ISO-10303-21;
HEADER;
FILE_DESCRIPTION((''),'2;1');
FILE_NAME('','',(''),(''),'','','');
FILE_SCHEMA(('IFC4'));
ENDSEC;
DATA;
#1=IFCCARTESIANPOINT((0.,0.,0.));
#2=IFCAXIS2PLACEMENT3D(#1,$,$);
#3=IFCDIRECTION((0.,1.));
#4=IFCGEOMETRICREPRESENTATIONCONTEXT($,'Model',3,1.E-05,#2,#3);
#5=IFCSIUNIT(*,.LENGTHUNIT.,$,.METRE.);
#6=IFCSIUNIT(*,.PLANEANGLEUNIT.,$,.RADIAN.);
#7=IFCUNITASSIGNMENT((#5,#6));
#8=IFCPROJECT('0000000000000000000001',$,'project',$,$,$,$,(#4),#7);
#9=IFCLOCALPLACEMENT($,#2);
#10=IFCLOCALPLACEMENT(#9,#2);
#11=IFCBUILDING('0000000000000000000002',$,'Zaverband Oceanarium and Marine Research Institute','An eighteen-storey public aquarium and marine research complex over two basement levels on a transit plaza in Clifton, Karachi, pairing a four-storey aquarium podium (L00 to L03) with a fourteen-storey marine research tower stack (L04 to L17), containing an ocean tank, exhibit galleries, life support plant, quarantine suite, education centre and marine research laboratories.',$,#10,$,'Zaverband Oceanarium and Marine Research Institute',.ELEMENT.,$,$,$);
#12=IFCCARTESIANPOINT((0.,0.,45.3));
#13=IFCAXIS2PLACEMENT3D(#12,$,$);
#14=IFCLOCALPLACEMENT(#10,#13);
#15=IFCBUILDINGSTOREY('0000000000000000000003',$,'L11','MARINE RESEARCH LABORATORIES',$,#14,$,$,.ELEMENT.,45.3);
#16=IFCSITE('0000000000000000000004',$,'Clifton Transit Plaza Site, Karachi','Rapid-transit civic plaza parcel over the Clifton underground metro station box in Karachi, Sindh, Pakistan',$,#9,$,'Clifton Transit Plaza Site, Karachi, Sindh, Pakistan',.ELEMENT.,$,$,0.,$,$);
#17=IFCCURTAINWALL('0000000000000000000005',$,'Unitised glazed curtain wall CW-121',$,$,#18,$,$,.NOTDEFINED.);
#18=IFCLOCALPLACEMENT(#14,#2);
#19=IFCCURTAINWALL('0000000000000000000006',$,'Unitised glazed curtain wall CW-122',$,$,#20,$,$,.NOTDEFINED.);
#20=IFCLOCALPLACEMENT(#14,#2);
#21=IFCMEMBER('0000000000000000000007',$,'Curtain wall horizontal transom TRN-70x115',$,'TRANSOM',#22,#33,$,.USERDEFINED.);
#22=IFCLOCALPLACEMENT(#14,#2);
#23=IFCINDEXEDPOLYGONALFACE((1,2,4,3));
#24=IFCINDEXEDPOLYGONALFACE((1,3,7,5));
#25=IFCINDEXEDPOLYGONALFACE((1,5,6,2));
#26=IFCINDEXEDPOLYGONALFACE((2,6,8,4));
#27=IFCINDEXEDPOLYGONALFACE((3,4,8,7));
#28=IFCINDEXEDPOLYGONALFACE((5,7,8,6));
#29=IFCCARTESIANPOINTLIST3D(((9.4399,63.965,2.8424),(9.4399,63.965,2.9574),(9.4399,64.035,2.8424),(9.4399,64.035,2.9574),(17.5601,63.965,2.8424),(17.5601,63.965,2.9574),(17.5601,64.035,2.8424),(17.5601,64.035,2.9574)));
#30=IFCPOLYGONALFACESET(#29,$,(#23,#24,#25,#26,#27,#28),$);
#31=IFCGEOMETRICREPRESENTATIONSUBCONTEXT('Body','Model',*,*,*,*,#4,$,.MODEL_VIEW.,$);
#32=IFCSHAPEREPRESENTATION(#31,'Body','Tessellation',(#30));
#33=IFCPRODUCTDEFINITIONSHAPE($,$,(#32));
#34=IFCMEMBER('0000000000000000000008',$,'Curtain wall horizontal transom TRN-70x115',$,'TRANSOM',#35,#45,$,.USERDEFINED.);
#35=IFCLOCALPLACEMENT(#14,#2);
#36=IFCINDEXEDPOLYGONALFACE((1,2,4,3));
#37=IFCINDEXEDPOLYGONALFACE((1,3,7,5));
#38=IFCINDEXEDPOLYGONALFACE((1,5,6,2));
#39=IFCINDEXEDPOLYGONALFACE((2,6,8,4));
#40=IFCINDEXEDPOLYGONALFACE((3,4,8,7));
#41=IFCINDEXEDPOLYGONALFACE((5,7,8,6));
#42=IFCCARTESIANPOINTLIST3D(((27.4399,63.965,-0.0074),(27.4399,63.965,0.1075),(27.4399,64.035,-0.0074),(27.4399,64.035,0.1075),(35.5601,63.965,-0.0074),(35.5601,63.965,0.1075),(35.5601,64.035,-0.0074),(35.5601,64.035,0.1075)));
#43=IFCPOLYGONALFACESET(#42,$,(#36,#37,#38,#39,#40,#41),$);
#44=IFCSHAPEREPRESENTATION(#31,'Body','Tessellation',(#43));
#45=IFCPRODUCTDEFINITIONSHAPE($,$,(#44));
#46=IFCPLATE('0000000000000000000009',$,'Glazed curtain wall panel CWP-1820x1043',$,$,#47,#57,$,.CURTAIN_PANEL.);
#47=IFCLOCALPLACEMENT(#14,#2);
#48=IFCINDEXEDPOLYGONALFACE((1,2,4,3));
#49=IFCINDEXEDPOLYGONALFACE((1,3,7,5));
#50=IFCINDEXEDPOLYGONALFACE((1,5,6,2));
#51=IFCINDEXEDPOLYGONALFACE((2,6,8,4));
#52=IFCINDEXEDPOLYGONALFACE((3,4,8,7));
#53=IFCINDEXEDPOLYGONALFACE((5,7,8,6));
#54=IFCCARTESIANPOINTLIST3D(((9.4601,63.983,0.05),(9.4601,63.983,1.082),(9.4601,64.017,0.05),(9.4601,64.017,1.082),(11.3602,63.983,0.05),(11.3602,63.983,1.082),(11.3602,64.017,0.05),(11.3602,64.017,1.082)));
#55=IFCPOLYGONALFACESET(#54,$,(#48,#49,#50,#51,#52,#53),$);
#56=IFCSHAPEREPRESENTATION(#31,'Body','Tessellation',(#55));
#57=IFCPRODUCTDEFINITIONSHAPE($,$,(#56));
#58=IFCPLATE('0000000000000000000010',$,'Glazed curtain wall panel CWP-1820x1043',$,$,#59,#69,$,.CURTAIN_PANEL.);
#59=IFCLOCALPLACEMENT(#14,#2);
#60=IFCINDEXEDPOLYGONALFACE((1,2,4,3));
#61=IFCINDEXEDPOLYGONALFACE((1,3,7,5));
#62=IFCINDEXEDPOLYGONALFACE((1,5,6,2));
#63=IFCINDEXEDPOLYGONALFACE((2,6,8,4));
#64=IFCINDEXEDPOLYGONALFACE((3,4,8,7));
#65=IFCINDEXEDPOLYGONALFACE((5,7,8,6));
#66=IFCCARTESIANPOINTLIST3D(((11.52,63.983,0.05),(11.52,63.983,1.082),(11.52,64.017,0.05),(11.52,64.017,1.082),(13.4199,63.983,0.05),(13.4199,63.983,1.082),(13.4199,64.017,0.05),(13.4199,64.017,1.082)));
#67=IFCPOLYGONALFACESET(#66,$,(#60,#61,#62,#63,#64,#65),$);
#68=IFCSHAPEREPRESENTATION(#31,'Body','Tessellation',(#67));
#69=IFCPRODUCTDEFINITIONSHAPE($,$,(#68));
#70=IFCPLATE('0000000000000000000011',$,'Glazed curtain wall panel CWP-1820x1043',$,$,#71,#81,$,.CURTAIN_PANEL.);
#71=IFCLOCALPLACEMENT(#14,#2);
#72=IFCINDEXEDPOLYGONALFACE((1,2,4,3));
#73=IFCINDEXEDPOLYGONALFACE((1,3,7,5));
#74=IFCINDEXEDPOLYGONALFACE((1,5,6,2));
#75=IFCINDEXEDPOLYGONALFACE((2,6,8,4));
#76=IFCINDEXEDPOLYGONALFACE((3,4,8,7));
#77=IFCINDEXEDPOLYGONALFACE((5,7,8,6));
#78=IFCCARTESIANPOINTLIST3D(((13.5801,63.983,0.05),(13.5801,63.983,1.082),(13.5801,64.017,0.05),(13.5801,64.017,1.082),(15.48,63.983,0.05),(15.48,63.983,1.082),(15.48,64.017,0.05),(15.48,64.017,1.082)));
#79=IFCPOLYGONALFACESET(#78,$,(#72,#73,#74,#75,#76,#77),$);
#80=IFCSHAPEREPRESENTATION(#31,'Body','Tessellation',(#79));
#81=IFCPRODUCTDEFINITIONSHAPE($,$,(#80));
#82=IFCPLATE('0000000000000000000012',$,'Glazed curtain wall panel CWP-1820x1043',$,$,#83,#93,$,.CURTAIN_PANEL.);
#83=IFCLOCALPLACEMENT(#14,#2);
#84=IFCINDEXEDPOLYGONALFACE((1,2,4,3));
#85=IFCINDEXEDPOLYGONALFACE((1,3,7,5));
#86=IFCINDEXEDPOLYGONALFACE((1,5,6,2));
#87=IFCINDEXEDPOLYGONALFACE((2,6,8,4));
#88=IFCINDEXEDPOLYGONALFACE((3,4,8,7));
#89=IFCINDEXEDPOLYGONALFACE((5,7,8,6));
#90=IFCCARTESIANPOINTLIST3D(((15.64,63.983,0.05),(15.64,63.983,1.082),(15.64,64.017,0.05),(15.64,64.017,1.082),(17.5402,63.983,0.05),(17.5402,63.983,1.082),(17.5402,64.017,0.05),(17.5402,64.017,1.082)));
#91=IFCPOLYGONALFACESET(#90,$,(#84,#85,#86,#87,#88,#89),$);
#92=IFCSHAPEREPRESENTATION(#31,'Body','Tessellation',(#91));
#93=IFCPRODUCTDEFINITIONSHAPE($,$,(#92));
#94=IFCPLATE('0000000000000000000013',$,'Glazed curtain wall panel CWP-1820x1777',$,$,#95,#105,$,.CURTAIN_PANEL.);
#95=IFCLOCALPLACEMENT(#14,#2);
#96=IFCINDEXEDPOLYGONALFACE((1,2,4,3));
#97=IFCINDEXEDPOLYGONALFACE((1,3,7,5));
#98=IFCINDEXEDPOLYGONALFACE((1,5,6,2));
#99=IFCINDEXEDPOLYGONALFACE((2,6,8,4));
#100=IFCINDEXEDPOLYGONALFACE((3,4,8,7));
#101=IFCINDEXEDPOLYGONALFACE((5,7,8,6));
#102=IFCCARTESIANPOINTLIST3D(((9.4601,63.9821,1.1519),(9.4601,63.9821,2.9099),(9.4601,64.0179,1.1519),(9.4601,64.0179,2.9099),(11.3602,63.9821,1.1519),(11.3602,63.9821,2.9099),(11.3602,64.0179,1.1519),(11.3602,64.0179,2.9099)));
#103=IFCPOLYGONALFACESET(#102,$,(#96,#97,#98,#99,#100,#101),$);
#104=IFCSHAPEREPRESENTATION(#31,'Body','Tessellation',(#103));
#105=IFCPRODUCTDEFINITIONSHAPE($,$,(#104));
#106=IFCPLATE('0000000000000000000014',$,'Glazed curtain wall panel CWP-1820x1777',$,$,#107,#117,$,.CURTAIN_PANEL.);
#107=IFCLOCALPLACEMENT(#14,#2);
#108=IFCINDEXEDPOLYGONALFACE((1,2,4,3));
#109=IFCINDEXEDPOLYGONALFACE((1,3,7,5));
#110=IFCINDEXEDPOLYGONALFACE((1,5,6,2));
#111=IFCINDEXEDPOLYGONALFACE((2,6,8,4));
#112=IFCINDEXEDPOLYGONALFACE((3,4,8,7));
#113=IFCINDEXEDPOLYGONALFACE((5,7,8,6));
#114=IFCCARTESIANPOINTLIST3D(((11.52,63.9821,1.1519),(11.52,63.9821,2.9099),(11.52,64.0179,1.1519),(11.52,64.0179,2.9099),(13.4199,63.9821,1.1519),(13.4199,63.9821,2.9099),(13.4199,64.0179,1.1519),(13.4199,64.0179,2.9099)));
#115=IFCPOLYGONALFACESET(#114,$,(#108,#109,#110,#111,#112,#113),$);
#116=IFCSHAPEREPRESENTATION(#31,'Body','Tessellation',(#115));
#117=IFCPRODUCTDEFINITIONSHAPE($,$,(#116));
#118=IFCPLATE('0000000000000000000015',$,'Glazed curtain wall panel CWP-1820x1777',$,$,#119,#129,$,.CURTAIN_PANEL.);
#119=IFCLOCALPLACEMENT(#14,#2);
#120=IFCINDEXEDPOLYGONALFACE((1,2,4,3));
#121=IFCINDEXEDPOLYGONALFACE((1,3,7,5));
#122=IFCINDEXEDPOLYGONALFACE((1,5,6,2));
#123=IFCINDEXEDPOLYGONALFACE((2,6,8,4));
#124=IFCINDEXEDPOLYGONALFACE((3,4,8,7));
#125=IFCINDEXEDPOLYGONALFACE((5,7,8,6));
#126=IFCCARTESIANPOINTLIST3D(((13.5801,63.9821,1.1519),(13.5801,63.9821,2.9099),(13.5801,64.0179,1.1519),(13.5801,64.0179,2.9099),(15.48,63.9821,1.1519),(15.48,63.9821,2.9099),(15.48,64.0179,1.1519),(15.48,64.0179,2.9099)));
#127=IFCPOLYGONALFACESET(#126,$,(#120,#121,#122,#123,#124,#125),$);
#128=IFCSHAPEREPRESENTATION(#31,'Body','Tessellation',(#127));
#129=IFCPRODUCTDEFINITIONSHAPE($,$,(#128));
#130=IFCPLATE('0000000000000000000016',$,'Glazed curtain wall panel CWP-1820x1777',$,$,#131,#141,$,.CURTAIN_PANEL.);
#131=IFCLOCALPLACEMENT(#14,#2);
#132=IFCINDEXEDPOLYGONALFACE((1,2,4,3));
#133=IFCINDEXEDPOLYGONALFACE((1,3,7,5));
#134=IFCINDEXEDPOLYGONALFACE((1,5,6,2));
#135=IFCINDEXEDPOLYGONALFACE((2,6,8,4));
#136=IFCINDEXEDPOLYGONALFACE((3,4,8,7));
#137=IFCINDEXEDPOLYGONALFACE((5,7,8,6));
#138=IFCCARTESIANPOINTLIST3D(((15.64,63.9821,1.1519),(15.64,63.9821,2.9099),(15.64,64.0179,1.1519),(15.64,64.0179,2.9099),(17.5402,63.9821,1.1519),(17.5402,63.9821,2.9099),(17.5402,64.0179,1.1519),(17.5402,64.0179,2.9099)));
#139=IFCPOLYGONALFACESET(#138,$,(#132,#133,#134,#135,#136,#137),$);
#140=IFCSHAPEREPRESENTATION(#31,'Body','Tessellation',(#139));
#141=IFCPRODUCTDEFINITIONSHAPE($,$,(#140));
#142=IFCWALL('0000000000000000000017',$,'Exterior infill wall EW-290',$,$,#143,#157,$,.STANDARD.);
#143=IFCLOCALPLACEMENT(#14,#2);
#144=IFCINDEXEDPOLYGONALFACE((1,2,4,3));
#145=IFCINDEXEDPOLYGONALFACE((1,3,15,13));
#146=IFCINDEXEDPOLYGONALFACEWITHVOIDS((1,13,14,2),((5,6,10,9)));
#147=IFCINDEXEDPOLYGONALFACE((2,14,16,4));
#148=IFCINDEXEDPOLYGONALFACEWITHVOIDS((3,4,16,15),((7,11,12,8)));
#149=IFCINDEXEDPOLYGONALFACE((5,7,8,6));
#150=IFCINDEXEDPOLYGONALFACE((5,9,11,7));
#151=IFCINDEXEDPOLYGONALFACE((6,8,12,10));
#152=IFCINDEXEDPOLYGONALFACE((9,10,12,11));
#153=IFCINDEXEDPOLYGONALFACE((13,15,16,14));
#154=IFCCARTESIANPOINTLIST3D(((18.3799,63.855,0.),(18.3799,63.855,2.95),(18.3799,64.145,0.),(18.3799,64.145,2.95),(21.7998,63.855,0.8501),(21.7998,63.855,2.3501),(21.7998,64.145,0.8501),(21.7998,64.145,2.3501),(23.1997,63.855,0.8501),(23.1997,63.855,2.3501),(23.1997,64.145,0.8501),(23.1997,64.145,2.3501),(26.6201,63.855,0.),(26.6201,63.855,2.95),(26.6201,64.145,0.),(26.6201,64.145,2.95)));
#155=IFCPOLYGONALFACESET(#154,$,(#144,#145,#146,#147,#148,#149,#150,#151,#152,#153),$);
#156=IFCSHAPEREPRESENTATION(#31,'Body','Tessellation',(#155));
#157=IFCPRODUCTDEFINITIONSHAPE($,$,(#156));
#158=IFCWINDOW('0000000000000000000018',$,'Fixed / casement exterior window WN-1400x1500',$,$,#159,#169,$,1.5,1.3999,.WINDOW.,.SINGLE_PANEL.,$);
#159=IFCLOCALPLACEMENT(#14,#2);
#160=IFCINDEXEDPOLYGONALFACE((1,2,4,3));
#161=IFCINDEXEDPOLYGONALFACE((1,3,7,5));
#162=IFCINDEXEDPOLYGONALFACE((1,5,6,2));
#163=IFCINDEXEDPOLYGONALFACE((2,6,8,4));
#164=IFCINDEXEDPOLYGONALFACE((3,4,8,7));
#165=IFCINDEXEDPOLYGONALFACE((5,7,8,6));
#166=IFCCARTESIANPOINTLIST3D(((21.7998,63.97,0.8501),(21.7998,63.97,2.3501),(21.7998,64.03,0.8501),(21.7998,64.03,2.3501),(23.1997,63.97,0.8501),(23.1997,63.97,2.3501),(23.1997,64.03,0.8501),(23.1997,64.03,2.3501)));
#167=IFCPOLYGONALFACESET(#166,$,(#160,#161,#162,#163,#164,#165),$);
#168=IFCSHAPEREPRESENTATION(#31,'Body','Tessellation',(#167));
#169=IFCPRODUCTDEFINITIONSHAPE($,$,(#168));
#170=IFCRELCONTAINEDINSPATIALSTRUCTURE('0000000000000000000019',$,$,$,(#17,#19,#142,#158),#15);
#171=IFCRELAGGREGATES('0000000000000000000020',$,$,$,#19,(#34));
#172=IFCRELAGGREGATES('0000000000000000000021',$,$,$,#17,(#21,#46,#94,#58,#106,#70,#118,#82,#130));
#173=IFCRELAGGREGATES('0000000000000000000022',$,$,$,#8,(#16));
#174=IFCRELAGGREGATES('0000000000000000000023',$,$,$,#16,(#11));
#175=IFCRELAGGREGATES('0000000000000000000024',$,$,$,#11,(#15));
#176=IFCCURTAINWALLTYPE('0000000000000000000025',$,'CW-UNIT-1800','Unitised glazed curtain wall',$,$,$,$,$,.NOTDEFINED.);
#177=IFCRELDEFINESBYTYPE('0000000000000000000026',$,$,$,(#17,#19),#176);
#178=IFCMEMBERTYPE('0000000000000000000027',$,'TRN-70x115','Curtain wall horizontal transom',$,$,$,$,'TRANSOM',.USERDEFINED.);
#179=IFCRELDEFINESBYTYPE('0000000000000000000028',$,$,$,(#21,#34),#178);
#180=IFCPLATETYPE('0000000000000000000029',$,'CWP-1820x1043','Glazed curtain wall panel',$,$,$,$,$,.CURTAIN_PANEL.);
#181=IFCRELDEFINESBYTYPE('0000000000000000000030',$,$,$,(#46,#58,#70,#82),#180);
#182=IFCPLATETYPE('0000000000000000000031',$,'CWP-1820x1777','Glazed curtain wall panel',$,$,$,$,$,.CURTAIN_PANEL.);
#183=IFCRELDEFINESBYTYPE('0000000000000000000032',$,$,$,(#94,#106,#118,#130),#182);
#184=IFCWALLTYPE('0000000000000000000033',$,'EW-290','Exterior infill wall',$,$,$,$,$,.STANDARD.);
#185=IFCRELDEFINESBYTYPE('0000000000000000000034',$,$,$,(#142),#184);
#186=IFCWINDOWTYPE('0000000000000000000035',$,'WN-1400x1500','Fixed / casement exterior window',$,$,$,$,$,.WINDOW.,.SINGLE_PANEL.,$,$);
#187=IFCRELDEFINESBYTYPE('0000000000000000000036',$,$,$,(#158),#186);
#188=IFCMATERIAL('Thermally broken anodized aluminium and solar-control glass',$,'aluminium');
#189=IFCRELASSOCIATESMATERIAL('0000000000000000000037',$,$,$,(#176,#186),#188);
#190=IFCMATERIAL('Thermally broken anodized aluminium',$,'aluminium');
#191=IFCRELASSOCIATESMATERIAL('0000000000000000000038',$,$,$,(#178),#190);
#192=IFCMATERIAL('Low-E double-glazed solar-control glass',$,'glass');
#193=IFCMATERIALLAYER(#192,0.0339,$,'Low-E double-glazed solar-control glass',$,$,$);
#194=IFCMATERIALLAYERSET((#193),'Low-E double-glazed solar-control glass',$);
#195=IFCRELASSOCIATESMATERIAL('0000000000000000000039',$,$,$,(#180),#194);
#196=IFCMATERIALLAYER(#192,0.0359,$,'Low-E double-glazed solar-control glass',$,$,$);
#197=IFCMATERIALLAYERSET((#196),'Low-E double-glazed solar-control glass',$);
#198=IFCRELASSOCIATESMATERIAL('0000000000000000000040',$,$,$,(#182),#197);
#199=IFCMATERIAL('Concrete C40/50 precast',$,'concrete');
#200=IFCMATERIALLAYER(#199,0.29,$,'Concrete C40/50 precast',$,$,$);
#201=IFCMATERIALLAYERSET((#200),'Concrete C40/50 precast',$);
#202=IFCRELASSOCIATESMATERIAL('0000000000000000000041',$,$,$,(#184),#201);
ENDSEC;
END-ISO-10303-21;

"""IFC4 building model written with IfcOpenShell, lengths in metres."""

from ifc_helpers import new_model, si_unit, direction, frame, frame_2d, origin, origin_2d, place, context, subcontext, project, spatial, rectangle, extrude, material, layer, layer_set, material_profile, profile_set, type_object, element, fill, aggregate, save


model = new_model("IFC4")

# Units and contexts
model_context = context("Model", 3, precision=1e-05, world=origin(), true_north=direction((0.0, 1.0)))
body_context = subcontext(model_context, "Body", "Model", "MODEL_VIEW")
ifc_project = project(units=[si_unit("LENGTHUNIT", "METRE"), si_unit("PLANEANGLEUNIT", "RADIAN")], contexts=[model_context])

# Site, building, storey
site_placement = place(None, origin())
site = spatial("IfcSite", under=ifc_project, at=site_placement, Name="Clifton Transit Plaza Site, Karachi", Description="Rapid-transit civic plaza parcel over the Clifton underground metro station box in Karachi, Sindh, Pakistan", LongName="Clifton Transit Plaza Site, Karachi, Sindh, Pakistan", CompositionType="ELEMENT", RefElevation=0.0)
building_placement = place(site_placement, origin())
building = spatial("IfcBuilding", under=site, at=building_placement, Name="Zaverband Oceanarium and Marine Research Institute", Description="An eighteen-storey public aquarium and marine research complex over two basement levels on a transit plaza in Clifton, Karachi, pairing a four-storey aquarium podium (L00 to L03) with a fourteen-storey marine research tower stack (L04 to L17), containing an ocean tank, exhibit galleries, life support plant, quarantine suite, education centre and marine research laboratories.", LongName="Zaverband Oceanarium and Marine Research Institute", CompositionType="ELEMENT")
storey_placement = place(building_placement, frame((0.0, 0.0, 45.3)))
storey = spatial("IfcBuildingStorey", under=building, at=storey_placement, Name="L11", Description="MARINE RESEARCH LABORATORIES", CompositionType="ELEMENT", Elevation=45.3)

# Curtain walls
ifc_material_1 = material(Name="Thermally broken anodized aluminium and solar-control glass", Category="aluminium")
curtain_wall_type = type_object("IfcCurtainWallType", Name="CW-UNIT-1800", Description="Unitised glazed curtain wall", PredefinedType="NOTDEFINED", material=ifc_material_1)
curtain_wall_1_placement = place(storey_placement, origin())
curtain_wall_1 = element("IfcCurtainWall", 1, at=curtain_wall_1_placement, inside=storey, type_object=curtain_wall_type, Name="Unitised glazed curtain wall CW-121", PredefinedType="NOTDEFINED")
ifc_material_2 = material(Name="Thermally broken anodized aluminium", Category="aluminium")
curtain_wall_2_placement = place(storey_placement, origin())
curtain_wall_2 = element("IfcCurtainWall", 2, at=curtain_wall_2_placement, inside=storey, type_object=curtain_wall_type, Name="Unitised glazed curtain wall CW-122", PredefinedType="NOTDEFINED")

# Members
ifc_material_profile_1 = material_profile(ifc_material_2, rectangle(XDim=0.0701, YDim=0.115, at=origin_2d()), Name="AL-TRN-70x115")
ifc_profile_set_1 = profile_set([ifc_material_profile_1], Name="Thermally broken anodized aluminium")
member_type_1 = type_object("IfcMemberType", Name="TRN-70x115", Description="Curtain wall horizontal transom", ElementType="TRANSOM", PredefinedType="USERDEFINED", material=ifc_profile_set_1)
member_1_placement = place(storey_placement, frame((9.4399, 64.0, 2.8999), z_axis=(1.0, 0.0, 0.0), x_axis=(0.0, 1.0, 0.0)))
member_1 = element("IfcMember", 3, at=member_1_placement, type_object=member_type_1, Name="Curtain wall horizontal transom TRN-70x115", ObjectType="TRANSOM", PredefinedType="USERDEFINED", context=body_context, shape_type="SweptSolid", body=[
    extrude(rectangle(XDim=0.0701, YDim=0.115, at=origin_2d()), origin(), (0.0, 0.0, 1.0), 8.1201),
])
member_2_placement = place(storey_placement, frame((27.4399, 64.0, 0.05), z_axis=(1.0, 0.0, 0.0), x_axis=(0.0, 1.0, 0.0)))
member_2 = element("IfcMember", 4, at=member_2_placement, type_object=member_type_1, Name="Curtain wall horizontal transom TRN-70x115", ObjectType="TRANSOM", PredefinedType="USERDEFINED", context=body_context, shape_type="SweptSolid", body=[
    extrude(rectangle(XDim=0.0701, YDim=0.115, at=origin_2d()), origin(), (0.0, 0.0, 1.0), 8.1201),
])
aggregate(curtain_wall_2, [member_2])

# Plates
ifc_material_3 = material(Name="Low-E double-glazed solar-control glass", Category="glass")
ifc_layer_1 = layer(ifc_material_3, 0.0339, Name="Low-E double-glazed solar-control glass")
ifc_layer_set_1 = layer_set([ifc_layer_1], Name="Low-E double-glazed solar-control glass")
plate_type_1 = type_object("IfcPlateType", Name="CWP-1820x1043", Description="Glazed curtain wall panel", PredefinedType="CURTAIN_PANEL", material=ifc_layer_set_1)
plate_1_placement = place(storey_placement, frame((9.46, 64.0, 0.05), z_axis=(0.0, 0.0, 1.0), x_axis=(1.0, 0.0, 0.0)))
plate_1 = element("IfcPlate", 5, at=plate_1_placement, type_object=plate_type_1, Name="Glazed curtain wall panel CWP-1820x1043", PredefinedType="CURTAIN_PANEL", context=body_context, shape_type="SweptSolid", body=[
    extrude(rectangle(XDim=1.9001, YDim=0.0339, at=frame_2d((0.9502, 0.0))), origin(), (0.0, 0.0, 1.0), 1.032),
])
plate_2_placement = place(storey_placement, frame((11.52, 64.0, 0.05), z_axis=(0.0, 0.0, 1.0), x_axis=(1.0, 0.0, 0.0)))
plate_2 = element("IfcPlate", 6, at=plate_2_placement, type_object=plate_type_1, Name="Glazed curtain wall panel CWP-1820x1043", PredefinedType="CURTAIN_PANEL", context=body_context, shape_type="SweptSolid", body=[
    extrude(rectangle(XDim=1.8999, YDim=0.0339, at=frame_2d((0.95, 0.0))), origin(), (0.0, 0.0, 1.0), 1.032),
])
plate_3_placement = place(storey_placement, frame((13.5801, 64.0, 0.05), z_axis=(0.0, 0.0, 1.0), x_axis=(1.0, 0.0, 0.0)))
plate_3 = element("IfcPlate", 7, at=plate_3_placement, type_object=plate_type_1, Name="Glazed curtain wall panel CWP-1820x1043", PredefinedType="CURTAIN_PANEL", context=body_context, shape_type="SweptSolid", body=[
    extrude(rectangle(XDim=1.8999, YDim=0.0339, at=frame_2d((0.95, 0.0))), origin(), (0.0, 0.0, 1.0), 1.032),
])
plate_4_placement = place(storey_placement, frame((15.6399, 64.0, 0.05), z_axis=(0.0, 0.0, 1.0), x_axis=(1.0, 0.0, 0.0)))
plate_4 = element("IfcPlate", 8, at=plate_4_placement, type_object=plate_type_1, Name="Glazed curtain wall panel CWP-1820x1043", PredefinedType="CURTAIN_PANEL", context=body_context, shape_type="SweptSolid", body=[
    extrude(rectangle(XDim=1.9001, YDim=0.0339, at=frame_2d((0.9502, 0.0))), origin(), (0.0, 0.0, 1.0), 1.032),
])
ifc_layer_2 = layer(ifc_material_3, 0.0359, Name="Low-E double-glazed solar-control glass")
ifc_layer_set_2 = layer_set([ifc_layer_2], Name="Low-E double-glazed solar-control glass")
plate_type_2 = type_object("IfcPlateType", Name="CWP-1820x1777", Description="Glazed curtain wall panel", PredefinedType="CURTAIN_PANEL", material=ifc_layer_set_2)
plate_5_placement = place(storey_placement, frame((9.46, 64.0, 1.1519), z_axis=(0.0, 0.0, 1.0), x_axis=(1.0, 0.0, 0.0)))
plate_5 = element("IfcPlate", 9, at=plate_5_placement, type_object=plate_type_2, Name="Glazed curtain wall panel CWP-1820x1777", PredefinedType="CURTAIN_PANEL", context=body_context, shape_type="SweptSolid", body=[
    extrude(rectangle(XDim=1.9001, YDim=0.0359, at=frame_2d((0.9502, 0.0))), origin(), (0.0, 0.0, 1.0), 1.7581),
])
plate_6_placement = place(storey_placement, frame((11.52, 64.0, 1.1519), z_axis=(0.0, 0.0, 1.0), x_axis=(1.0, 0.0, 0.0)))
plate_6 = element("IfcPlate", 10, at=plate_6_placement, type_object=plate_type_2, Name="Glazed curtain wall panel CWP-1820x1777", PredefinedType="CURTAIN_PANEL", context=body_context, shape_type="SweptSolid", body=[
    extrude(rectangle(XDim=1.8999, YDim=0.0359, at=frame_2d((0.95, 0.0))), origin(), (0.0, 0.0, 1.0), 1.7581),
])
plate_7_placement = place(storey_placement, frame((13.5801, 64.0, 1.1519), z_axis=(0.0, 0.0, 1.0), x_axis=(1.0, 0.0, 0.0)))
plate_7 = element("IfcPlate", 11, at=plate_7_placement, type_object=plate_type_2, Name="Glazed curtain wall panel CWP-1820x1777", PredefinedType="CURTAIN_PANEL", context=body_context, shape_type="SweptSolid", body=[
    extrude(rectangle(XDim=1.8999, YDim=0.0359, at=frame_2d((0.95, 0.0))), origin(), (0.0, 0.0, 1.0), 1.7581),
])
plate_8_placement = place(storey_placement, frame((15.6399, 64.0, 1.1519), z_axis=(0.0, 0.0, 1.0), x_axis=(1.0, 0.0, 0.0)))
plate_8 = element("IfcPlate", 12, at=plate_8_placement, type_object=plate_type_2, Name="Glazed curtain wall panel CWP-1820x1777", PredefinedType="CURTAIN_PANEL", context=body_context, shape_type="SweptSolid", body=[
    extrude(rectangle(XDim=1.9001, YDim=0.0359, at=frame_2d((0.9502, 0.0))), origin(), (0.0, 0.0, 1.0), 1.7581),
])
aggregate(curtain_wall_1, [member_1, plate_1, plate_5, plate_2, plate_6, plate_3, plate_7, plate_4, plate_8])

# Wall, opening, window
ifc_material_4 = material(Name="Concrete C40/50 precast", Category="concrete")
ifc_layer_3 = layer(ifc_material_4, 0.29, Name="Concrete C40/50 precast")
ifc_layer_set_3 = layer_set([ifc_layer_3], Name="Concrete C40/50 precast")
wall_type = type_object("IfcWallType", Name="EW-290", Description="Exterior infill wall", PredefinedType="STANDARD", material=ifc_layer_set_3)
wall_placement = place(storey_placement, frame((18.3799, 64.0, 0.0), z_axis=(0.0, 0.0, 1.0), x_axis=(1.0, 0.0, 0.0)))
wall = element("IfcWall", 13, at=wall_placement, inside=storey, type_object=wall_type, Name="Exterior infill wall EW-290", PredefinedType="STANDARD", context=body_context, shape_type="SweptSolid", body=[
    extrude(rectangle(XDim=8.2402, YDim=0.29, at=frame_2d((4.1201, 0.0))), origin(), (0.0, 0.0, 1.0), 2.95),
])
opening_placement = place(wall_placement, frame((3.4199, 0.0, 0.8501)))
opening = element("IfcOpeningElement", 14, at=opening_placement, cuts=wall, PredefinedType="OPENING", context=body_context, shape_type="SweptSolid", body=[
    extrude(rectangle(XDim=1.3999, YDim=1.5, at=frame_2d((0.7, 0.75))), frame((0.0, 0.157, 0.0), z_axis=(0.0, -1.0, 0.0), x_axis=(1.0, 0.0, 0.0)), (0.0, 0.0, 1.0), 0.314),
])
window_type = type_object("IfcWindowType", Name="WN-1400x1500", Description="Fixed / casement exterior window", PartitioningType="SINGLE_PANEL", PredefinedType="WINDOW", material=ifc_material_1)
window_placement = place(opening_placement, origin())
window = element("IfcWindow", 15, at=window_placement, inside=storey, type_object=window_type, Name="Fixed / casement exterior window WN-1400x1500", OverallHeight=1.5, OverallWidth=1.3999, PartitioningType="SINGLE_PANEL", PredefinedType="WINDOW", context=body_context, shape_type="SweptSolid", body=[
    extrude(rectangle(XDim=1.3999, YDim=1.5, at=frame_2d((0.7, 0.75))), frame((0.0, 0.03, 0.0), z_axis=(0.0, -1.0, 0.0), x_axis=(1.0, 0.0, 0.0)), (0.0, 0.0, 1.0), 0.0601),
])
fill(opening, window)

save(model, "model.ifc")
